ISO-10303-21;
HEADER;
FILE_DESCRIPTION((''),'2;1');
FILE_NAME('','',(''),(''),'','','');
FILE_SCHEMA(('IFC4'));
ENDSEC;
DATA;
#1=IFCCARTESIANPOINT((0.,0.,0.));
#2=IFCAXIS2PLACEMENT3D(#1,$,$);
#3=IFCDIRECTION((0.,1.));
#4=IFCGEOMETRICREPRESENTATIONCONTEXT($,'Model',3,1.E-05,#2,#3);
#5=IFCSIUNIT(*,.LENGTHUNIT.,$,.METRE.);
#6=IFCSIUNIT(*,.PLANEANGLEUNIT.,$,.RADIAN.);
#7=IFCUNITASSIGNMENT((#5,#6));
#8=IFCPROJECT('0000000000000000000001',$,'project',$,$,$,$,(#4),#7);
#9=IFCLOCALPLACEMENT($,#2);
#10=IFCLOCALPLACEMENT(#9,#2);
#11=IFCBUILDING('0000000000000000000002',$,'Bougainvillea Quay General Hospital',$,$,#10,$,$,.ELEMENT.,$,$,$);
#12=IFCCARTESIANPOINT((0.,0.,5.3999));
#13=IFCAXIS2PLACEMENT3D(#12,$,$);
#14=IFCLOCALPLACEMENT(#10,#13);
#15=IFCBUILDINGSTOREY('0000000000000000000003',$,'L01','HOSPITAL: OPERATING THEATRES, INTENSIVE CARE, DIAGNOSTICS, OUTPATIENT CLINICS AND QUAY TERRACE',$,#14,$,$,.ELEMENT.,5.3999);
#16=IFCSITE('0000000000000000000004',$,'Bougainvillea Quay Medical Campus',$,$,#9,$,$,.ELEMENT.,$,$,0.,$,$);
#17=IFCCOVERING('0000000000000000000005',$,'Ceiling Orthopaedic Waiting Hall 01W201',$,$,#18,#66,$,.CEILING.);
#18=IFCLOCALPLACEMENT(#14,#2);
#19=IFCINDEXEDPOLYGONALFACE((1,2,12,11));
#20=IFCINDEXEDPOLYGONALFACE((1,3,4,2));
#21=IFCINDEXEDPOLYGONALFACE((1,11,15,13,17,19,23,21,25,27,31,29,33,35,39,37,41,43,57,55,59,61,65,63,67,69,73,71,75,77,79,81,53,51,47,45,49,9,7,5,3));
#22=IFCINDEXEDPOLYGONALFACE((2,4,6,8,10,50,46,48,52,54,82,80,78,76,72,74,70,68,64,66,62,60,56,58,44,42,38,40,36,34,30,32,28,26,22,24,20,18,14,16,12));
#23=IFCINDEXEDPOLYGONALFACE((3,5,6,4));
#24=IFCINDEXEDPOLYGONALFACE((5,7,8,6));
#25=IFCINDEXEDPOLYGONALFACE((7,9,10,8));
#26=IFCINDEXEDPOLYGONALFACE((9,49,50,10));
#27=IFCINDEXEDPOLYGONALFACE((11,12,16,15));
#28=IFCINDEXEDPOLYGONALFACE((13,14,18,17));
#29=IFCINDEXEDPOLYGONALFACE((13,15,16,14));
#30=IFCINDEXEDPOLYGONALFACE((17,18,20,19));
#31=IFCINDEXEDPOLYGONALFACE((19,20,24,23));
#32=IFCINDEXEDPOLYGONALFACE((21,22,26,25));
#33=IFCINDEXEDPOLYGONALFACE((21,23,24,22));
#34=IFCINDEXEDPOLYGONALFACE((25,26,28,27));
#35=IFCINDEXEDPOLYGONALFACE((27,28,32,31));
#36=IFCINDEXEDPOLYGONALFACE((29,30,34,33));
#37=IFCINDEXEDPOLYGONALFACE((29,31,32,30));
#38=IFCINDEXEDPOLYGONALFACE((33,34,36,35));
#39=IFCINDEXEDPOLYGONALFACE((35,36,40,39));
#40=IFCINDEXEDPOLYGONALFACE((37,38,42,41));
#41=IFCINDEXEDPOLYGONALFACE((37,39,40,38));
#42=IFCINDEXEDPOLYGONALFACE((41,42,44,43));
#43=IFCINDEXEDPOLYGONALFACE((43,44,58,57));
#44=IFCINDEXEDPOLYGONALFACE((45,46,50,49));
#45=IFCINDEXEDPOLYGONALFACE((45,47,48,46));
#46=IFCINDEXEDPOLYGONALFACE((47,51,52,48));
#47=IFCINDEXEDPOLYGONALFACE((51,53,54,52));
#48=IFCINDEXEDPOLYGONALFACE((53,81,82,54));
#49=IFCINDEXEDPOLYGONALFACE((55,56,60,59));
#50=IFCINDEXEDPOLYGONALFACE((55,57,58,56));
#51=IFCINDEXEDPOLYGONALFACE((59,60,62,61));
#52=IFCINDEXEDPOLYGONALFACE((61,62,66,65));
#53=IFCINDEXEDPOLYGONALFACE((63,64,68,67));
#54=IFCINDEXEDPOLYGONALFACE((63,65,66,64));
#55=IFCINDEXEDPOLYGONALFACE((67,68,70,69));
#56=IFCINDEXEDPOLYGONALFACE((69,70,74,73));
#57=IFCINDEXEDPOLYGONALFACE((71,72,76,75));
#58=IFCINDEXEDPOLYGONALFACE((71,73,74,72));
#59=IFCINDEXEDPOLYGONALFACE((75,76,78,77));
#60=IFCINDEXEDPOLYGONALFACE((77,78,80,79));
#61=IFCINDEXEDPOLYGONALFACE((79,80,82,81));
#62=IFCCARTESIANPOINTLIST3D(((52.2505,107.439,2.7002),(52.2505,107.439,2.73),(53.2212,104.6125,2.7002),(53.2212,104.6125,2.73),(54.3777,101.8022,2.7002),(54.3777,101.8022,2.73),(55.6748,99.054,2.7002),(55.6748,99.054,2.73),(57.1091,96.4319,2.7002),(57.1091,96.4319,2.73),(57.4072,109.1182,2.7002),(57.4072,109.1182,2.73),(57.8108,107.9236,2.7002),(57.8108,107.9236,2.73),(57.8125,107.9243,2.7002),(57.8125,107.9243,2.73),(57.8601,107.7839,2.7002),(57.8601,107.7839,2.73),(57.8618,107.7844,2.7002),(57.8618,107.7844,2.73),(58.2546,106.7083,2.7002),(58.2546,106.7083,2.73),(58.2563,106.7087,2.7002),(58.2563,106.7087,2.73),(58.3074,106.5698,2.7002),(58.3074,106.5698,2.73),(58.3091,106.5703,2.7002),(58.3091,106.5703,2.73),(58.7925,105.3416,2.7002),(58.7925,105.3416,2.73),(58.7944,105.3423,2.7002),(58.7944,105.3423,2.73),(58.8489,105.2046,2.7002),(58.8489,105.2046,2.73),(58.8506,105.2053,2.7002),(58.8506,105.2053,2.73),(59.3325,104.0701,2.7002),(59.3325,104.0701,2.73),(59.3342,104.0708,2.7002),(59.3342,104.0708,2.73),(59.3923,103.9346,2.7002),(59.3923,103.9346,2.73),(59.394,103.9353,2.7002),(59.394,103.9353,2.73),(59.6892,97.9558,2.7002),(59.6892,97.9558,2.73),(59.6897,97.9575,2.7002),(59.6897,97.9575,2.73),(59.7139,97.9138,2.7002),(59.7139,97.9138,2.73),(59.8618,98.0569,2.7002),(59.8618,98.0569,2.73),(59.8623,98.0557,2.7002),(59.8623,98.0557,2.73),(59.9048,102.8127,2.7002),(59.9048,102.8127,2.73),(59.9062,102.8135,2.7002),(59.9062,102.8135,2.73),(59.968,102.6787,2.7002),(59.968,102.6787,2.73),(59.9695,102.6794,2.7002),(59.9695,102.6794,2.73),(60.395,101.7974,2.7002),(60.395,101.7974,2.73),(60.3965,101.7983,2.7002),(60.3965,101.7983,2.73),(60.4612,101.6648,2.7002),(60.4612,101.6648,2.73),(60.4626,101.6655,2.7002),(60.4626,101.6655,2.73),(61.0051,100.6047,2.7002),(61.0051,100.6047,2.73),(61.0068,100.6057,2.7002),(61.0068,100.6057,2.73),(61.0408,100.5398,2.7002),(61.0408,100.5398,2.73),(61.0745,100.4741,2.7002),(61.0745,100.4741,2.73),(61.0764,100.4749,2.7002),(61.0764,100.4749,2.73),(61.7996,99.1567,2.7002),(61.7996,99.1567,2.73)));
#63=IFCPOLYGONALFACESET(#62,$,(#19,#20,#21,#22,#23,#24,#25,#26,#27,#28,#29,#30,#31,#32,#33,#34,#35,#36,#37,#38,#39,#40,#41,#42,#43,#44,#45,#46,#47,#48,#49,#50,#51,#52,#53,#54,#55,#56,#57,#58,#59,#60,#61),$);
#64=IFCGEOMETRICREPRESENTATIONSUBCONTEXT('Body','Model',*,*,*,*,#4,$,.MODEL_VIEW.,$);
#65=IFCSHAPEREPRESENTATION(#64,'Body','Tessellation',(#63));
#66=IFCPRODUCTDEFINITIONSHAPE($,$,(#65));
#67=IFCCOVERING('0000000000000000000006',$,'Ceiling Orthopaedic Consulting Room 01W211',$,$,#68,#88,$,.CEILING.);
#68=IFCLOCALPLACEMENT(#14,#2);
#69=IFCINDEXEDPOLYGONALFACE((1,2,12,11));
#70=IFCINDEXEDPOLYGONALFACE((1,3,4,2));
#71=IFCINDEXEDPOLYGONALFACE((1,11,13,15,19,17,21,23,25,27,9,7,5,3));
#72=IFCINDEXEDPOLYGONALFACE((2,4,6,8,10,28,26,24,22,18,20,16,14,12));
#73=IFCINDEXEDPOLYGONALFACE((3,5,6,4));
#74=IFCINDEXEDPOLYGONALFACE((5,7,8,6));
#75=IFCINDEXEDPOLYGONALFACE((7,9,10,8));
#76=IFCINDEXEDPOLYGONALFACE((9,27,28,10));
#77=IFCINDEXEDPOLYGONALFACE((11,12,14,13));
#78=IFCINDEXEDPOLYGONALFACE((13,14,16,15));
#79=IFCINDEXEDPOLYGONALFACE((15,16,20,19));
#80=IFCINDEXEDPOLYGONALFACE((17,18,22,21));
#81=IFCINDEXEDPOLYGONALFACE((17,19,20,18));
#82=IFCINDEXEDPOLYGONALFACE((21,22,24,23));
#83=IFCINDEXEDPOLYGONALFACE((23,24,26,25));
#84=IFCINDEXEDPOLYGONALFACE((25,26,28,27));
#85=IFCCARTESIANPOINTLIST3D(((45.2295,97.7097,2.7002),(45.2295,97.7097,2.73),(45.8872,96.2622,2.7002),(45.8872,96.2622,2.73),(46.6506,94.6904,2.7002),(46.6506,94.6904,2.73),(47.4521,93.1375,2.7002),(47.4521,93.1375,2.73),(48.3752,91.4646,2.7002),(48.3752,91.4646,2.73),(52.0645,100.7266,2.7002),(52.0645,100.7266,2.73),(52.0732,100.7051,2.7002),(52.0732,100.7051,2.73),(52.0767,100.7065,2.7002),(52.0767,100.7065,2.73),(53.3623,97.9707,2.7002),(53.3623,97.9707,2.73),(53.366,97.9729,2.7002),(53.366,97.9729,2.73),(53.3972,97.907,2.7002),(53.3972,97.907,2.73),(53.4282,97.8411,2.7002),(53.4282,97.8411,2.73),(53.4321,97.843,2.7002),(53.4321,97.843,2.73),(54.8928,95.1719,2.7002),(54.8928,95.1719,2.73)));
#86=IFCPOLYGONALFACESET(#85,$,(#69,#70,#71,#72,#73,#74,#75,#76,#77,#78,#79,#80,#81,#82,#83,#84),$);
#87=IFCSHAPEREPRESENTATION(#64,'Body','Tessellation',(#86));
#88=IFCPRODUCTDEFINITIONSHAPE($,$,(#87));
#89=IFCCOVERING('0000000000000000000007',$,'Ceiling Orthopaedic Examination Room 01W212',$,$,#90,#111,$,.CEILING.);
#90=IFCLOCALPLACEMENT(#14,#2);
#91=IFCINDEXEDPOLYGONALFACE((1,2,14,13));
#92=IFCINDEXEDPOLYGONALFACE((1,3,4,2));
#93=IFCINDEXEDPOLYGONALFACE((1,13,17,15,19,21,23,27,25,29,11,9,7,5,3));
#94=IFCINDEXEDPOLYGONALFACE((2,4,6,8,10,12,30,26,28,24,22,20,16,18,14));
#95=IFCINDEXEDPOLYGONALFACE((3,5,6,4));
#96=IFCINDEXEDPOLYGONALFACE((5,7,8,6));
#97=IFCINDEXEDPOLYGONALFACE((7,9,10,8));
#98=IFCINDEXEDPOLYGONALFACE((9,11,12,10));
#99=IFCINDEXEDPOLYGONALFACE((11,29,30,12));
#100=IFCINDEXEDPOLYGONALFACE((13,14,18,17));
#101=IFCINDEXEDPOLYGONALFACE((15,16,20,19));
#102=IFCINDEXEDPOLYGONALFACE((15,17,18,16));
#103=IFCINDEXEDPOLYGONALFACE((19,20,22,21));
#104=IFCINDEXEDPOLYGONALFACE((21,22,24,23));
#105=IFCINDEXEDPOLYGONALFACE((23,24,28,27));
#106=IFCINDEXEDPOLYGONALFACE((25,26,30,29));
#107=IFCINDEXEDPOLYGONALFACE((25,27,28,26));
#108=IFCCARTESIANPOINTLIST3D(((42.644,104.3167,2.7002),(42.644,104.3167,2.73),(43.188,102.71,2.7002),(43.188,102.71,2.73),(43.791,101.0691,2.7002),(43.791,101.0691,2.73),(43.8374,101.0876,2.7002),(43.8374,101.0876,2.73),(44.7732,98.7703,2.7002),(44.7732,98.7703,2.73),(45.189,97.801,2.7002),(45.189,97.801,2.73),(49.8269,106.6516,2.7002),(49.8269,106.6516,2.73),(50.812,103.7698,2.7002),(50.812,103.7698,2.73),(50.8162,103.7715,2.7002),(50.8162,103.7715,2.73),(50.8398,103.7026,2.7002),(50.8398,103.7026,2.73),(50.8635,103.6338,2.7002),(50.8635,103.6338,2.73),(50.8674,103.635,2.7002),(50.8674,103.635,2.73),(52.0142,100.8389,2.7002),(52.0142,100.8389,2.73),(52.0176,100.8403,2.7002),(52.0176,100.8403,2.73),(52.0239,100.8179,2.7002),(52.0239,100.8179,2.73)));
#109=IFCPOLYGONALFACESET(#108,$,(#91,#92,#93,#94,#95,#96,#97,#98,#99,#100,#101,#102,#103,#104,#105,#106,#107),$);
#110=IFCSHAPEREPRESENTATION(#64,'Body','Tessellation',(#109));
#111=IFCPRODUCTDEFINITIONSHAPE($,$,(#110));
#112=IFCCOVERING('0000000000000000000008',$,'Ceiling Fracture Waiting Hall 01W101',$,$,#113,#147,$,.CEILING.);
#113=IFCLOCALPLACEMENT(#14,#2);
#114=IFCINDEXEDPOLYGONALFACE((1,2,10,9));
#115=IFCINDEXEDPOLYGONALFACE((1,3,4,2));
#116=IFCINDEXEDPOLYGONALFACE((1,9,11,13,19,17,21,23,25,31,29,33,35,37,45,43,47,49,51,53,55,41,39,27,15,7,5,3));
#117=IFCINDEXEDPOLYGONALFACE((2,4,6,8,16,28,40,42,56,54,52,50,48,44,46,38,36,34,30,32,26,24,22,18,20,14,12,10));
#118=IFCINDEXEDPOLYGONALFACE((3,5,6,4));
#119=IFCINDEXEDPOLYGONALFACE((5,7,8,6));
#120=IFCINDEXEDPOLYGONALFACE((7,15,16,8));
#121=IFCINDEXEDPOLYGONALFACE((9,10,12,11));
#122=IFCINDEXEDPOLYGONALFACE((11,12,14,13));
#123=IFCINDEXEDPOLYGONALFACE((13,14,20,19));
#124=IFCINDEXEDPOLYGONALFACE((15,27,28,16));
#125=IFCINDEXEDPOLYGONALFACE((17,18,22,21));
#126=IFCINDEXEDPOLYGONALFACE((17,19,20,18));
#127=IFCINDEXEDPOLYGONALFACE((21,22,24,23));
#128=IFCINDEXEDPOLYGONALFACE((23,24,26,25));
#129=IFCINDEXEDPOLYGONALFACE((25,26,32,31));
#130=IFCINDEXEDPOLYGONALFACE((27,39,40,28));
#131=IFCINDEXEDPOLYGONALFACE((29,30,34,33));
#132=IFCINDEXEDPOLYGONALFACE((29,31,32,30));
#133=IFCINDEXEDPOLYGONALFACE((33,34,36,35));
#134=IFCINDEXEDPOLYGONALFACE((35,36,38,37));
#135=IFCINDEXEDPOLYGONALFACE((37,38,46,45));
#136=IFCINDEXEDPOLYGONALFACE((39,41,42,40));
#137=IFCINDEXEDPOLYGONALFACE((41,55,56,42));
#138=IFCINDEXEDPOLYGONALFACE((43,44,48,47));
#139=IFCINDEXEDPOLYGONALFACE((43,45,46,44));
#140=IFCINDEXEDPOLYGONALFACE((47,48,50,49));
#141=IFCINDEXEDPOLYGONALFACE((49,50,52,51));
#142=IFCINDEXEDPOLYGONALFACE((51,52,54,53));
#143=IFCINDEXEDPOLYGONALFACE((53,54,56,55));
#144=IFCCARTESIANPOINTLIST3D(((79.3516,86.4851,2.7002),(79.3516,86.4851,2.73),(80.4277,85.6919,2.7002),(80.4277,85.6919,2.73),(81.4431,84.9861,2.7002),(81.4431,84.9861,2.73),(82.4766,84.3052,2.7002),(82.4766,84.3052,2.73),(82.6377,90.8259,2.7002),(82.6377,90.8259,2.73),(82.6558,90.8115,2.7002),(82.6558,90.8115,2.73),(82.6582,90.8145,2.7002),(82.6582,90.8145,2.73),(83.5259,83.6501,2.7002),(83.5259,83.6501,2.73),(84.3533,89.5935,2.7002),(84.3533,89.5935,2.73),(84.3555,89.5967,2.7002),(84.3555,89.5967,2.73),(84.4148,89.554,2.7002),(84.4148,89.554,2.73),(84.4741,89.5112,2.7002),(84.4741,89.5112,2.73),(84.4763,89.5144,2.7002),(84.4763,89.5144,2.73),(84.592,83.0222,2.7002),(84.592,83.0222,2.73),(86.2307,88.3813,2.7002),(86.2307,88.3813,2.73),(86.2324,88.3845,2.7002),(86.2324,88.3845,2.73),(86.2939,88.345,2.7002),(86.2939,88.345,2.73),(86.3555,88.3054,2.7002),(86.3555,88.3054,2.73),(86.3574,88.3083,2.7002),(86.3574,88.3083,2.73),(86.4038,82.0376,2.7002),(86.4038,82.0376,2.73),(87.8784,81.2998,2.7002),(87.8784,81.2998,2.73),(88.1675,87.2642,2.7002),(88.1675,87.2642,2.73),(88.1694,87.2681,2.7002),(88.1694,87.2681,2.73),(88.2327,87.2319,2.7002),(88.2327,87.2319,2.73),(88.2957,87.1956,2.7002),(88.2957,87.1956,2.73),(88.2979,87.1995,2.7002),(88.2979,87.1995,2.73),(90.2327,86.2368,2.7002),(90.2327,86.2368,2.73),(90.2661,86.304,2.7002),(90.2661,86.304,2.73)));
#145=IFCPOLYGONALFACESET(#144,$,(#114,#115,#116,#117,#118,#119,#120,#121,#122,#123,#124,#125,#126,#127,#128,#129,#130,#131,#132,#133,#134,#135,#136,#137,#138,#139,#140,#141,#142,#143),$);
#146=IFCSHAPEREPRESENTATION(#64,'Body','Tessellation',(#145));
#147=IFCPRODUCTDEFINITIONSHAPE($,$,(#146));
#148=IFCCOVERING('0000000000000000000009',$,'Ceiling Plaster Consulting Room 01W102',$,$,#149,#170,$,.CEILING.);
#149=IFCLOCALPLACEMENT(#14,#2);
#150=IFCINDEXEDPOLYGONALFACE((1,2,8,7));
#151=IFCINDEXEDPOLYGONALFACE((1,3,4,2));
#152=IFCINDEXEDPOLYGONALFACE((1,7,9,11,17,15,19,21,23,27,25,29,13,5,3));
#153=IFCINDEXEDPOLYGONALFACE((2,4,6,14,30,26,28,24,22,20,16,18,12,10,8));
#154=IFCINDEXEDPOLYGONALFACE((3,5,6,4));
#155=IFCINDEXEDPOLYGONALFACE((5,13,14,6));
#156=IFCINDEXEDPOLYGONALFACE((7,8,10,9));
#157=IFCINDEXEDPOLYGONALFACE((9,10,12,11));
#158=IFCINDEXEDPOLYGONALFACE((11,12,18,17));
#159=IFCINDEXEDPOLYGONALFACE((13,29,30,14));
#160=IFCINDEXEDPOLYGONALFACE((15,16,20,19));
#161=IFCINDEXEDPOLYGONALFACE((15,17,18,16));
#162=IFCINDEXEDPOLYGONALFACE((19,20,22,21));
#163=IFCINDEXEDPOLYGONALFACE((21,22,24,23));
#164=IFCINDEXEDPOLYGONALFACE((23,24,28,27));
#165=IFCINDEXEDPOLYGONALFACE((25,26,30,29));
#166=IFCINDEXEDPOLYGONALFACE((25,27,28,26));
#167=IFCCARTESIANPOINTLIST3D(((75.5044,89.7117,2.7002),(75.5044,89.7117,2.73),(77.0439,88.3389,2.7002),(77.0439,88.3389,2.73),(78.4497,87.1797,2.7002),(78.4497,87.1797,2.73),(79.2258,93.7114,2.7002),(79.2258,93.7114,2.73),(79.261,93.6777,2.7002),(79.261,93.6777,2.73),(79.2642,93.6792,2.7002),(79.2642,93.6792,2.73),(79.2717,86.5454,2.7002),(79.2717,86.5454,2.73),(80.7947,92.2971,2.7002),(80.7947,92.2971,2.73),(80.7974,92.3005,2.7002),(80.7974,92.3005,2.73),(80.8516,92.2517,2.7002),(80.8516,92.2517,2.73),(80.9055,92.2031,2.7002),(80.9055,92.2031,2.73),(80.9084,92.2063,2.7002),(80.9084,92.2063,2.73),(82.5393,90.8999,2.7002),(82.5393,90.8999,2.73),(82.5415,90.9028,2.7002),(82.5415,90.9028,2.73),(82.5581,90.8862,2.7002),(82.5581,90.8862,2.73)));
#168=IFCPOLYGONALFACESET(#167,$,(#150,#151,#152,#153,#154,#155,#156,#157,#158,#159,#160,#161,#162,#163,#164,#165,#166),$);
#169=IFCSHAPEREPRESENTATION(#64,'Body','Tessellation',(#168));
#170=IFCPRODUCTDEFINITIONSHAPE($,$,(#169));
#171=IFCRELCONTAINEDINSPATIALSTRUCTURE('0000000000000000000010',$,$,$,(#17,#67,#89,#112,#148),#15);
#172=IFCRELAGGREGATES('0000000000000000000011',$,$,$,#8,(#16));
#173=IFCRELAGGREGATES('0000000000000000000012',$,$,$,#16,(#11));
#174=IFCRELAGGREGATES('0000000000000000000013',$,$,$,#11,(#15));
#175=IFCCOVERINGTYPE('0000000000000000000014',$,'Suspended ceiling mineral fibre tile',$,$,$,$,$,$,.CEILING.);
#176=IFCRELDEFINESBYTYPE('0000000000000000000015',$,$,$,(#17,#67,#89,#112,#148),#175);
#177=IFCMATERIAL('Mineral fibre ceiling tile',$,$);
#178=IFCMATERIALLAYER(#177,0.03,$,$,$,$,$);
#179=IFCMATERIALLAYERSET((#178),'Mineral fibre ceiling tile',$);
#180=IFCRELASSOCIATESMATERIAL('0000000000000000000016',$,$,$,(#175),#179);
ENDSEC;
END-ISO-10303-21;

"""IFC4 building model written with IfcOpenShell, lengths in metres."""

from ifc_helpers import new_model, si_unit, direction, frame, origin, place, context, subcontext, project, spatial, polyline, outline, extrude, material, layer, layer_set, type_object, element, save


model = new_model("IFC4")

# Units and contexts
model_context = context("Model", 3, precision=1e-05, world=origin(), true_north=direction((0.0, 1.0)))
body_context = subcontext(model_context, "Body", "Model", "MODEL_VIEW")
ifc_project = project(units=[si_unit("LENGTHUNIT", "METRE"), si_unit("PLANEANGLEUNIT", "RADIAN")], contexts=[model_context])

# Site, building, storey
site_placement = place(None, origin())
site = spatial("IfcSite", under=ifc_project, at=site_placement, Name="Bougainvillea Quay Medical Campus", CompositionType="ELEMENT", RefElevation=0.0)
building_placement = place(site_placement, origin())
building = spatial("IfcBuilding", under=site, at=building_placement, Name="Bougainvillea Quay General Hospital", CompositionType="ELEMENT")
storey_placement = place(building_placement, frame((0.0, 0.0, 5.3999)))
storey = spatial("IfcBuildingStorey", under=building, at=storey_placement, Name="L01", Description="HOSPITAL: OPERATING THEATRES, INTENSIVE CARE, DIAGNOSTICS, OUTPATIENT CLINICS AND QUAY TERRACE", CompositionType="ELEMENT", Elevation=5.3999)

# Coverings
ifc_material = material(Name="Mineral fibre ceiling tile")
ifc_layer = layer(ifc_material, 0.03)
ifc_layer_set = layer_set([ifc_layer], Name="Mineral fibre ceiling tile")
covering_type = type_object("IfcCoveringType", Name="Suspended ceiling mineral fibre tile", PredefinedType="CEILING", material=ifc_layer_set)
covering_1_placement = place(storey_placement, frame((0.0, 0.0, 2.7002)))
element("IfcCovering", 1, at=covering_1_placement, inside=storey, type_object=covering_type, Name="Ceiling Orthopaedic Waiting Hall 01W201", PredefinedType="CEILING", context=body_context, shape_type="SweptSolid", body=[
    extrude(outline(polyline([(61.0764, 100.4749), (61.0745, 100.4741), (61.0408, 100.5398), (61.0051, 100.6047), (61.0068, 100.6057), (60.4626, 101.6655), (60.4612, 101.6648), (60.395, 101.7974), (60.3965, 101.7983), (59.9695, 102.6794), (59.968, 102.6787), (59.9048, 102.8127), (59.9062, 102.8135), (59.394, 103.9353), (59.3923, 103.9346), (59.3325, 104.0701), (59.3342, 104.0708), (58.8506, 105.2053), (58.8489, 105.2046), (58.7925, 105.3416), (58.7944, 105.3423), (58.3091, 106.5703), (58.3074, 106.5698), (58.2546, 106.7083), (58.2563, 106.7087), (57.8618, 107.7844), (57.8601, 107.7839), (57.8108, 107.9236), (57.8125, 107.9243), (57.4072, 109.1182), (52.2505, 107.439), (53.2212, 104.6125), (54.3777, 101.8022), (55.6748, 99.054), (57.1091, 96.4319), (59.7139, 97.9138), (59.6892, 97.9558), (59.6897, 97.9575), (59.8618, 98.0569), (59.8623, 98.0557), (61.7996, 99.1567), (61.0764, 100.4749)])), origin(), (0.0, 0.0, 1.0), 0.0298),
])
covering_2_placement = place(storey_placement, frame((0.0, 0.0, 2.7002)))
element("IfcCovering", 2, at=covering_2_placement, inside=storey, type_object=covering_type, Name="Ceiling Orthopaedic Consulting Room 01W211", PredefinedType="CEILING", context=body_context, shape_type="SweptSolid", body=[
    extrude(outline(polyline([(48.3752, 91.4646), (54.8928, 95.1719), (53.4321, 97.843), (53.4282, 97.8411), (53.3972, 97.907), (53.3623, 97.9707), (53.366, 97.9729), (52.0767, 100.7065), (52.0732, 100.7051), (52.0645, 100.7266), (45.2295, 97.7097), (45.8872, 96.2622), (46.6506, 94.6904), (47.4521, 93.1375), (48.3752, 91.4646)])), origin(), (0.0, 0.0, 1.0), 0.0298),
])
covering_3_placement = place(storey_placement, frame((0.0, 0.0, 2.7002)))
element("IfcCovering", 3, at=covering_3_placement, inside=storey, type_object=covering_type, Name="Ceiling Orthopaedic Examination Room 01W212", PredefinedType="CEILING", context=body_context, shape_type="SweptSolid", body=[
    extrude(outline(polyline([(43.791, 101.0691), (43.8374, 101.0876), (44.7732, 98.7703), (45.189, 97.801), (52.0239, 100.8179), (52.0142, 100.8389), (52.0176, 100.8403), (50.8674, 103.635), (50.8635, 103.6338), (50.8398, 103.7026), (50.812, 103.7698), (50.8162, 103.7715), (49.8269, 106.6516), (42.644, 104.3167), (43.188, 102.71), (43.791, 101.0691)])), origin(), (0.0, 0.0, 1.0), 0.0298),
])
covering_4_placement = place(storey_placement, frame((0.0, 0.0, 2.7002)))
element("IfcCovering", 4, at=covering_4_placement, inside=storey, type_object=covering_type, Name="Ceiling Fracture Waiting Hall 01W101", PredefinedType="CEILING", context=body_context, shape_type="SweptSolid", body=[
    extrude(outline(polyline([(90.2661, 86.304), (90.2327, 86.2368), (88.2979, 87.1995), (88.2957, 87.1956), (88.2327, 87.2319), (88.1675, 87.2642), (88.1694, 87.2681), (86.3574, 88.3083), (86.3555, 88.3054), (86.2939, 88.345), (86.2307, 88.3813), (86.2324, 88.3845), (84.4763, 89.5144), (84.4741, 89.5112), (84.4148, 89.554), (84.3533, 89.5935), (84.3555, 89.5967), (82.6582, 90.8145), (82.6558, 90.8115), (82.6377, 90.8259), (79.3516, 86.4851), (80.4277, 85.6919), (81.4431, 84.9861), (82.4766, 84.3052), (83.5259, 83.6501), (84.592, 83.0222), (86.4038, 82.0376), (87.8784, 81.2998), (90.2661, 86.304)])), origin(), (0.0, 0.0, 1.0), 0.0298),
])
covering_5_placement = place(storey_placement, frame((0.0, 0.0, 2.7002)))
element("IfcCovering", 5, at=covering_5_placement, inside=storey, type_object=covering_type, Name="Ceiling Plaster Consulting Room 01W102", PredefinedType="CEILING", context=body_context, shape_type="SweptSolid", body=[
    extrude(outline(polyline([(82.5393, 90.8999), (82.5415, 90.9028), (80.9084, 92.2063), (80.9055, 92.2031), (80.8516, 92.2517), (80.7947, 92.2971), (80.7974, 92.3005), (79.2642, 93.6792), (79.261, 93.6777), (79.2258, 93.7114), (75.5044, 89.7117), (77.0439, 88.3389), (78.4497, 87.1797), (79.2717, 86.5454), (82.5581, 90.8862), (82.5393, 90.8999)])), origin(), (0.0, 0.0, 1.0), 0.0298),
])

save(model, "model.ifc")
